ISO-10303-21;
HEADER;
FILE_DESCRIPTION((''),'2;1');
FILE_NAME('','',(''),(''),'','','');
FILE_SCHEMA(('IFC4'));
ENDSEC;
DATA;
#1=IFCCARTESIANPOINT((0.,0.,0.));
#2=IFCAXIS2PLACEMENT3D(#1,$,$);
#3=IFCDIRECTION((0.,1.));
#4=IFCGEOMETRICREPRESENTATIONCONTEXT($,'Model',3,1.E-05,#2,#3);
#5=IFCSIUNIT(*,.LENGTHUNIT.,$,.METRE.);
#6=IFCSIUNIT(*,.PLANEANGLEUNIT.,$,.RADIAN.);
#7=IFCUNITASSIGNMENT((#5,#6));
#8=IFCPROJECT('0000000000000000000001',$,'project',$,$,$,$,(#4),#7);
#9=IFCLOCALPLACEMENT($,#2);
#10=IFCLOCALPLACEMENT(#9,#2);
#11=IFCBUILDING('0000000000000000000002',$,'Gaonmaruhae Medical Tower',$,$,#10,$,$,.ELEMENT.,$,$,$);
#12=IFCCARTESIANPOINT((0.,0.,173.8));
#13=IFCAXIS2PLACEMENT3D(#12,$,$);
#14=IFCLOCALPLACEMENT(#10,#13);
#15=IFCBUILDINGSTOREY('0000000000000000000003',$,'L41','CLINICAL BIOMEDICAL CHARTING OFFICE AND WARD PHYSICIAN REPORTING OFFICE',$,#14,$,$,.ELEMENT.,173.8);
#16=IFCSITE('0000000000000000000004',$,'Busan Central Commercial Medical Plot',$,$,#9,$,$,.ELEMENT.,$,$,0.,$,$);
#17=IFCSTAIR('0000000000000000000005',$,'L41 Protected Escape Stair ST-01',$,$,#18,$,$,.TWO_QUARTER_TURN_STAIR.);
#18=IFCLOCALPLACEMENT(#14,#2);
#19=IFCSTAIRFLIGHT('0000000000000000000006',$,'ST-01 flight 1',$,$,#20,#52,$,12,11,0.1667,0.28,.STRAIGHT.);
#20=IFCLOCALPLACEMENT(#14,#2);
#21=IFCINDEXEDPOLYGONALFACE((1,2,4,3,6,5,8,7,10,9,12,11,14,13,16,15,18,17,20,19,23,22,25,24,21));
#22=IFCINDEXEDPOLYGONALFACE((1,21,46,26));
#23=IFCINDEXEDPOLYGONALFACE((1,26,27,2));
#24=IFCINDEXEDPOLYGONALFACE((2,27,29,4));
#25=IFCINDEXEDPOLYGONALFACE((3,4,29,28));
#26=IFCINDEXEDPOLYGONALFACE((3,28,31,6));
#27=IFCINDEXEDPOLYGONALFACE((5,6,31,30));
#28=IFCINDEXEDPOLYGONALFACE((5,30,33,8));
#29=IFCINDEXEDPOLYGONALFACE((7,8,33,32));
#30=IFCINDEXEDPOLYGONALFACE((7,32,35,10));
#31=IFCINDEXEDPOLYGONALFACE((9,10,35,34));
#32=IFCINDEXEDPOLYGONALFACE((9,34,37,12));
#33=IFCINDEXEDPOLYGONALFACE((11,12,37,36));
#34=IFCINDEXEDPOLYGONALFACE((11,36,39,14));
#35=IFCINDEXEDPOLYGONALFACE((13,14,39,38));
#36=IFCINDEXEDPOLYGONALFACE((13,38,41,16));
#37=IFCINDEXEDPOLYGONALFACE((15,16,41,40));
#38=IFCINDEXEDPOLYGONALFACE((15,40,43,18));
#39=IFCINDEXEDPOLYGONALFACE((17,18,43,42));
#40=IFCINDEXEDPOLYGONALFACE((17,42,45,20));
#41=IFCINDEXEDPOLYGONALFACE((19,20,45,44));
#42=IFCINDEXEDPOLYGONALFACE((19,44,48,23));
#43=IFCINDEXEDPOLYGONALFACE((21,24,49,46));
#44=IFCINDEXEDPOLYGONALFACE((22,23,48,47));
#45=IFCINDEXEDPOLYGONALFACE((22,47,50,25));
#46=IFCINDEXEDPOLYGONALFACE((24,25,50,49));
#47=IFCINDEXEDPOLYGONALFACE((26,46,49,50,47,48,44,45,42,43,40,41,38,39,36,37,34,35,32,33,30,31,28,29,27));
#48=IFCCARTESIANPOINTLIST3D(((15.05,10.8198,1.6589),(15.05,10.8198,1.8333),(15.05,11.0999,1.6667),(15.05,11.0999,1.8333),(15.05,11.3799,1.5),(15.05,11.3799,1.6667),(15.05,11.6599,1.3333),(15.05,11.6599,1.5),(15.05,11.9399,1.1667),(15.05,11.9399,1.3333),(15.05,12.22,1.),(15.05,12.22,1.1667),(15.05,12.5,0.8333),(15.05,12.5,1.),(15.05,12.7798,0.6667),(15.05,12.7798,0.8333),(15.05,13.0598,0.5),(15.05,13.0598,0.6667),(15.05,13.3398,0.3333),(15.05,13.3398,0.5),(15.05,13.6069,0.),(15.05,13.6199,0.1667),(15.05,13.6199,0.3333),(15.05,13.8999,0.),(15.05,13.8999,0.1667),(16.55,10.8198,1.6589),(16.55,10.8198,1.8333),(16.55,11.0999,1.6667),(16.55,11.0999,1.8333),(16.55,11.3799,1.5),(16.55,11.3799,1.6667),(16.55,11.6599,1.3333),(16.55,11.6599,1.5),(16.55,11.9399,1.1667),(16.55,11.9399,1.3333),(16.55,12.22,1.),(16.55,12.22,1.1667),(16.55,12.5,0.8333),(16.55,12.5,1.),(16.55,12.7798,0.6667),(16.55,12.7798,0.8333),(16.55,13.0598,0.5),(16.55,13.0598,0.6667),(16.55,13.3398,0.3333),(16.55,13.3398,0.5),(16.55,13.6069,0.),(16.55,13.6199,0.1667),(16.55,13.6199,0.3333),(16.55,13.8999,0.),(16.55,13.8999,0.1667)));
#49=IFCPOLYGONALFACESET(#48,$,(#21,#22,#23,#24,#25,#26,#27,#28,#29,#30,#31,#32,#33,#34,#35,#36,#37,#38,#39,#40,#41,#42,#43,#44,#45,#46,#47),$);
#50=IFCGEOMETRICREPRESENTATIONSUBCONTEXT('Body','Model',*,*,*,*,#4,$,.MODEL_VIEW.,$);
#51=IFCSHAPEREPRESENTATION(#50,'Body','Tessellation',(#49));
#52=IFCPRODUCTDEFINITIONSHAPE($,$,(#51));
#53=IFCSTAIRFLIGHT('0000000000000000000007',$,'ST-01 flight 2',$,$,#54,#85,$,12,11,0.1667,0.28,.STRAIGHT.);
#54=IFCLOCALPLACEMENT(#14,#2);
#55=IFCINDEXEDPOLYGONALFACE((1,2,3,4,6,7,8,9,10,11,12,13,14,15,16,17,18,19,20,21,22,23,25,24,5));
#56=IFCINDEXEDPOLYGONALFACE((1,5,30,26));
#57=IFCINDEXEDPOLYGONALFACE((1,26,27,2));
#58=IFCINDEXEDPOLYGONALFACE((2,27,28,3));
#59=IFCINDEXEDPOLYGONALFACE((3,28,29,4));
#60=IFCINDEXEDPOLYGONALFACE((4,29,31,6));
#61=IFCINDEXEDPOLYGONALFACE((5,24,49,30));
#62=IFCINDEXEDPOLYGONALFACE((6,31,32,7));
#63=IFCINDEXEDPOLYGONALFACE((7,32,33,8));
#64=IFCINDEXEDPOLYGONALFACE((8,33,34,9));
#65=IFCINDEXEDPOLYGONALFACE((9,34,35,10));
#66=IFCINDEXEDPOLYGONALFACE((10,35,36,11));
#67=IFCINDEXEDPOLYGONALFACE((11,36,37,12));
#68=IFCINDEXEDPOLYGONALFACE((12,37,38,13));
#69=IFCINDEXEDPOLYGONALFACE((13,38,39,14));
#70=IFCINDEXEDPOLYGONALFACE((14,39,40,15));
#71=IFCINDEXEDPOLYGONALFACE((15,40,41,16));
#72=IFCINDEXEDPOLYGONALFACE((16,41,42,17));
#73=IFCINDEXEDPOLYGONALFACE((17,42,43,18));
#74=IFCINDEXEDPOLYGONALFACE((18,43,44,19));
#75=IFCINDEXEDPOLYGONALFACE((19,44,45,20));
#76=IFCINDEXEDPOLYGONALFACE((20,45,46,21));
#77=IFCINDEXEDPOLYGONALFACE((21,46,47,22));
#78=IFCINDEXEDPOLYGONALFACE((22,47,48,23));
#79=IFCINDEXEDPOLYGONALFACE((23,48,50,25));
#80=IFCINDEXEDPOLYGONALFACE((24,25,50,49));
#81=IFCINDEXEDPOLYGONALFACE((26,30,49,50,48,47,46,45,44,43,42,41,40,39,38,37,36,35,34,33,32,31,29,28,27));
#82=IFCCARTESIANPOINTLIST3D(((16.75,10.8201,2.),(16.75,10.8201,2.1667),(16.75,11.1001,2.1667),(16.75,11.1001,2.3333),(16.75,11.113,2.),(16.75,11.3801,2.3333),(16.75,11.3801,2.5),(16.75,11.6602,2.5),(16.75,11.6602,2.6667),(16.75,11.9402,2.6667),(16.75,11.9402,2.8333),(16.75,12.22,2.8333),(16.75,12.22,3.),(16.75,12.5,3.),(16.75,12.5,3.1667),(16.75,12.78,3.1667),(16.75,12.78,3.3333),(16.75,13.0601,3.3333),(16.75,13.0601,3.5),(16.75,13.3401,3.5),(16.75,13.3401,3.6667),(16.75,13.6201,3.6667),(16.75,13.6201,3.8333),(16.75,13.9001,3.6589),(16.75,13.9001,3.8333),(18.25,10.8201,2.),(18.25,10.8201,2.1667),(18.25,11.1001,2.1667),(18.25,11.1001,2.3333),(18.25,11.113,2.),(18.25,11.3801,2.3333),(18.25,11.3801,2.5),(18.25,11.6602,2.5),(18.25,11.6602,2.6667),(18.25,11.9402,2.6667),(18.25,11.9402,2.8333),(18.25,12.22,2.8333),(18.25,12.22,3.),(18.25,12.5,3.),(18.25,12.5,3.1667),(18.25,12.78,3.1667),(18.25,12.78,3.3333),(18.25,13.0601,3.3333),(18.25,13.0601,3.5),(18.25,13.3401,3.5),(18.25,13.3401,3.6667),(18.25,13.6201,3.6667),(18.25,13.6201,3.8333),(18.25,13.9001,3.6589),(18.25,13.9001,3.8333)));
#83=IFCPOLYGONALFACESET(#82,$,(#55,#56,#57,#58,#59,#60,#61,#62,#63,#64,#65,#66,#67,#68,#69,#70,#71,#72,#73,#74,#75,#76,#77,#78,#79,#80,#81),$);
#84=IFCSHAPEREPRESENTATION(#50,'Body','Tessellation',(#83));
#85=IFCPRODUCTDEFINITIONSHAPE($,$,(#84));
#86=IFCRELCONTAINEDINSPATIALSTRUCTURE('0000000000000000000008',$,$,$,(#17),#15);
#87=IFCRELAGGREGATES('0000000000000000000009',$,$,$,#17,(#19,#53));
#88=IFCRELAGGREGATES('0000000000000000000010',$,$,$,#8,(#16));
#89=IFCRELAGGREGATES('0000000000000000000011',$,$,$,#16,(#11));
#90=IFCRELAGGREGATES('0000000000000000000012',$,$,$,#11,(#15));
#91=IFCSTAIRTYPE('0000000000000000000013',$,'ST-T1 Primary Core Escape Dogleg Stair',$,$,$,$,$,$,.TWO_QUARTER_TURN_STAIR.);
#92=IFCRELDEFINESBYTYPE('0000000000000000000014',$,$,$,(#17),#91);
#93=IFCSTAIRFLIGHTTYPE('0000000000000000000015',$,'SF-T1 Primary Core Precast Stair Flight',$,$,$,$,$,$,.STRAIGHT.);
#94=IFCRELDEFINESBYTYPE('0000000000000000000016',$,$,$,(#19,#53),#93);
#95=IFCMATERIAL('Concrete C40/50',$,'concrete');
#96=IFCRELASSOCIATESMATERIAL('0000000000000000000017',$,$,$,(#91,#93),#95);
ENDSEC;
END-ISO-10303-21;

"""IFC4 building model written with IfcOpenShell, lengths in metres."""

from ifc_helpers import new_model, si_unit, direction, frame, origin, place, context, subcontext, project, spatial, polyline, outline, extrude, material, type_object, element, aggregate, save


model = new_model("IFC4")

# Units and contexts
model_context = context("Model", 3, precision=1e-05, world=origin(), true_north=direction((0.0, 1.0)))
body_context = subcontext(model_context, "Body", "Model", "MODEL_VIEW")
ifc_project = project(units=[si_unit("LENGTHUNIT", "METRE"), si_unit("PLANEANGLEUNIT", "RADIAN")], contexts=[model_context])

# Site, building, storey
site_placement = place(None, origin())
site = spatial("IfcSite", under=ifc_project, at=site_placement, Name="Busan Central Commercial Medical Plot", CompositionType="ELEMENT", RefElevation=0.0)
building_placement = place(site_placement, origin())
building = spatial("IfcBuilding", under=site, at=building_placement, Name="Gaonmaruhae Medical Tower", CompositionType="ELEMENT")
storey_placement = place(building_placement, frame((0.0, 0.0, 173.8)))
storey = spatial("IfcBuildingStorey", under=building, at=storey_placement, Name="L41", Description="CLINICAL BIOMEDICAL CHARTING OFFICE AND WARD PHYSICIAN REPORTING OFFICE", CompositionType="ELEMENT", Elevation=173.8)

# Stair, stair flights
ifc_material_1 = material(Name="Concrete C40/50", Category="concrete")
stair_type = type_object("IfcStairType", Name="ST-T1 Primary Core Escape Dogleg Stair", PredefinedType="TWO_QUARTER_TURN_STAIR", material=ifc_material_1)
stair_placement = place(storey_placement, origin())
stair = element("IfcStair", 1, at=stair_placement, inside=storey, type_object=stair_type, Name="L41 Protected Escape Stair ST-01", PredefinedType="TWO_QUARTER_TURN_STAIR")
stair_flight_type = type_object("IfcStairFlightType", Name="SF-T1 Primary Core Precast Stair Flight", PredefinedType="STRAIGHT", material=ifc_material_1)
stair_flight_1_placement = place(storey_placement, frame((15.8, 13.8999, 0.0), z_axis=(0.0, 0.0, 1.0), x_axis=(0.0, -1.0, 0.0)))
stair_flight_1 = element("IfcStairFlight", 2, at=stair_flight_1_placement, type_object=stair_flight_type, Name="ST-01 flight 1", NumberOfRisers=12, NumberOfTreads=11, PredefinedType="STRAIGHT", RiserHeight=0.1667, TreadLength=0.28, context=body_context, shape_type="SweptSolid", body=[
    extrude(outline(polyline([(0.0, 0.0), (0.0, 0.1667), (0.28, 0.1667), (0.28, 0.3333), (0.5601, 0.3333), (0.5601, 0.5), (0.8401, 0.5), (0.8401, 0.6667), (1.1201, 0.6667), (1.1201, 0.8333), (1.3999, 0.8333), (1.3999, 1.0), (1.6799, 1.0), (1.6799, 1.1667), (1.96, 1.1667), (1.96, 1.3333), (2.24, 1.3333), (2.24, 1.5), (2.52, 1.5), (2.52, 1.6667), (2.8, 1.6667), (2.8, 1.8333), (3.0801, 1.8333), (3.0801, 2.0), (3.0801, 1.6589), (0.293, 0.0), (0.0, 0.0)])), frame((0.0, 0.75, 0.0), z_axis=(0.0, -1.0, 0.0), x_axis=(1.0, 0.0, 0.0)), (0.0, 0.0, 1.0), 1.5),
])
stair_flight_2_placement = place(storey_placement, frame((17.5, 10.8201, 2.0), z_axis=(0.0, 0.0, 1.0), x_axis=(0.0, 1.0, 0.0)))
stair_flight_2 = element("IfcStairFlight", 3, at=stair_flight_2_placement, type_object=stair_flight_type, Name="ST-01 flight 2", NumberOfRisers=12, NumberOfTreads=11, PredefinedType="STRAIGHT", RiserHeight=0.1667, TreadLength=0.28, context=body_context, shape_type="SweptSolid", body=[
    extrude(outline(polyline([(0.0, 0.0), (0.0, 0.1667), (0.28, 0.1667), (0.28, 0.3333), (0.5601, 0.3333), (0.5601, 0.5), (0.8401, 0.5), (0.8401, 0.6667), (1.1201, 0.6667), (1.1201, 0.8333), (1.3999, 0.8333), (1.3999, 1.0), (1.6799, 1.0), (1.6799, 1.1667), (1.96, 1.1667), (1.96, 1.3333), (2.24, 1.3333), (2.24, 1.5), (2.52, 1.5), (2.52, 1.6667), (2.8, 1.6667), (2.8, 1.8333), (3.0801, 1.8333), (3.0801, 2.0), (3.0801, 1.6589), (0.293, 0.0), (0.0, 0.0)])), frame((0.0, 0.75, 0.0), z_axis=(0.0, -1.0, 0.0), x_axis=(1.0, 0.0, 0.0)), (0.0, 0.0, 1.0), 1.5),
])
aggregate(stair, [stair_flight_1, stair_flight_2])

save(model, "model.ifc")
